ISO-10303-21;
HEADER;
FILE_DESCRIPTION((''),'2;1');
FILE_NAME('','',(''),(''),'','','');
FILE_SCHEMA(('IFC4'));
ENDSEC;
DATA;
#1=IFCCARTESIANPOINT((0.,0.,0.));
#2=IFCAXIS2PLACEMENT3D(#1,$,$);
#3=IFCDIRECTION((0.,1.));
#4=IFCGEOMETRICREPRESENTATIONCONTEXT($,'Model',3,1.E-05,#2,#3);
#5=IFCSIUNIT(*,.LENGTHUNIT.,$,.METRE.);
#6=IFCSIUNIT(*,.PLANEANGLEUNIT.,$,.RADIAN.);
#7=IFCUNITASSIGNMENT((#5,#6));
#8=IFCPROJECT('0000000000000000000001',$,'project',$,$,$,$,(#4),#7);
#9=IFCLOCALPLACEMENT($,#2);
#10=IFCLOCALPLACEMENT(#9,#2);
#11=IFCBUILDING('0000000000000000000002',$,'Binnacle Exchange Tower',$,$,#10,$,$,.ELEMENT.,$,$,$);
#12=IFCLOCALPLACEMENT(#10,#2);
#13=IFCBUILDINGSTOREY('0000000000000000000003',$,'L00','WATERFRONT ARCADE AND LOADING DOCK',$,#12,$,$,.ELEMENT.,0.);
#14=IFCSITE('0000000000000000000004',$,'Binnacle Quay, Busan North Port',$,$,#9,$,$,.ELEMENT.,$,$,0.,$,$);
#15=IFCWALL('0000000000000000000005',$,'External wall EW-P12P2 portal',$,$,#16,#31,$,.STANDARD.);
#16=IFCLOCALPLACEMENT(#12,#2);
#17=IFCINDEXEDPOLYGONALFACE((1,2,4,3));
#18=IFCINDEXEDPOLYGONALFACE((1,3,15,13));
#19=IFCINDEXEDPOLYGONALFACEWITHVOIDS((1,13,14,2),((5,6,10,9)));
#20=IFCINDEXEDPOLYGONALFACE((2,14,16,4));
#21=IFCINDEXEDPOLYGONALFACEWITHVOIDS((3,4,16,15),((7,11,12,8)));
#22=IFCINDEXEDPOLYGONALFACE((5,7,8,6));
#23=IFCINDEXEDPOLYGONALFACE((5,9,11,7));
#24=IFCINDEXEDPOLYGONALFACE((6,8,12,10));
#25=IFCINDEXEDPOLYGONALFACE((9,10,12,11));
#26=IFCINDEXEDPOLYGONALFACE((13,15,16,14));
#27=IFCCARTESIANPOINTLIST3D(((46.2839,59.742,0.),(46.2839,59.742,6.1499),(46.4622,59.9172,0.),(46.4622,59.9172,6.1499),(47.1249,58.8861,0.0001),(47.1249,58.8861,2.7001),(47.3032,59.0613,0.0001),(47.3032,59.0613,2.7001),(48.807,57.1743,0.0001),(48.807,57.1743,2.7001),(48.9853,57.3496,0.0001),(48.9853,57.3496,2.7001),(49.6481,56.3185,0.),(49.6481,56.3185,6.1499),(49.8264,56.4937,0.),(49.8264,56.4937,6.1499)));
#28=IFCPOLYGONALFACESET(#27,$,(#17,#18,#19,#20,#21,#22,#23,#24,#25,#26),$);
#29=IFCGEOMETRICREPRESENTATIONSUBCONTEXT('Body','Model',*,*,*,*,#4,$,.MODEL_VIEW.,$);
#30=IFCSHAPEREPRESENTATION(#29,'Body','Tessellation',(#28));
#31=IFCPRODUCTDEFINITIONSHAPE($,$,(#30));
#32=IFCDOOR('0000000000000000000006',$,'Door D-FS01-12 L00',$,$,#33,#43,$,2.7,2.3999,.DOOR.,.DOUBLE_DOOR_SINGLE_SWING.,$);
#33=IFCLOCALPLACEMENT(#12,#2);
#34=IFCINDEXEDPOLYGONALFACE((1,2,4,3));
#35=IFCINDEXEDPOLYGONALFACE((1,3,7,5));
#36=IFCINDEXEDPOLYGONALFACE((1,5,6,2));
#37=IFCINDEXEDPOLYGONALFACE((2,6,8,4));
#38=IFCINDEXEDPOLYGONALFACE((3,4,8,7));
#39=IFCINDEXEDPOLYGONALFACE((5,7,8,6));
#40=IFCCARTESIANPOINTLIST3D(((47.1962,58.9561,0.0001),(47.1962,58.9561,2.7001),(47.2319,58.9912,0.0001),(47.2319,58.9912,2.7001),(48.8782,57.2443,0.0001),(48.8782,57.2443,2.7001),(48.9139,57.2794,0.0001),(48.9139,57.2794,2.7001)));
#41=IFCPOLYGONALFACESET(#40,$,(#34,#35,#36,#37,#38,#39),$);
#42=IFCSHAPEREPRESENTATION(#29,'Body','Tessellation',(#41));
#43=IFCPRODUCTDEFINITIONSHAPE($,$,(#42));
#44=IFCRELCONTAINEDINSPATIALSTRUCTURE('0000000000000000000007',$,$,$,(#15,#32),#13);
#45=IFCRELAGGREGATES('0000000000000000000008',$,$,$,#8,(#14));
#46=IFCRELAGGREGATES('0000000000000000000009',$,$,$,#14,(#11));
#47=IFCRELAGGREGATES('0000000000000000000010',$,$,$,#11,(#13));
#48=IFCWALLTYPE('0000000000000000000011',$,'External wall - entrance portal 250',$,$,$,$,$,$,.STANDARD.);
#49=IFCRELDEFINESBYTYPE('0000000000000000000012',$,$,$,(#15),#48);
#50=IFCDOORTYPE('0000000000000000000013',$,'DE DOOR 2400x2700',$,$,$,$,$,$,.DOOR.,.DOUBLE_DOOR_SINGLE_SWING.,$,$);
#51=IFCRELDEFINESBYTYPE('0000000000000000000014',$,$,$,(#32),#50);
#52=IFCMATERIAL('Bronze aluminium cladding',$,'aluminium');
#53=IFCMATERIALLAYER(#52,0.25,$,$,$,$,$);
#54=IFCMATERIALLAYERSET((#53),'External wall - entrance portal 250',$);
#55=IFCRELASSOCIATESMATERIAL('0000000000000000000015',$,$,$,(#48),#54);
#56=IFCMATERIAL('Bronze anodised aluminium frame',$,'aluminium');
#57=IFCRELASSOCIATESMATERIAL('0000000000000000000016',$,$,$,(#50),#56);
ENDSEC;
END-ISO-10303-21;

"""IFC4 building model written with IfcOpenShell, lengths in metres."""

from ifc_helpers import new_model, si_unit, direction, frame, frame_2d, origin, place, context, subcontext, project, spatial, rectangle, extrude, material, layer, layer_set, type_object, element, fill, save


model = new_model("IFC4")

# Units and contexts
model_context = context("Model", 3, precision=1e-05, world=origin(), true_north=direction((0.0, 1.0)))
body_context = subcontext(model_context, "Body", "Model", "MODEL_VIEW")
ifc_project = project(units=[si_unit("LENGTHUNIT", "METRE"), si_unit("PLANEANGLEUNIT", "RADIAN")], contexts=[model_context])

# Site, building, storey
site_placement = place(None, origin())
site = spatial("IfcSite", under=ifc_project, at=site_placement, Name="Binnacle Quay, Busan North Port", CompositionType="ELEMENT", RefElevation=0.0)
building_placement = place(site_placement, origin())
building = spatial("IfcBuilding", under=site, at=building_placement, Name="Binnacle Exchange Tower", CompositionType="ELEMENT")
storey_placement = place(building_placement, origin())
storey = spatial("IfcBuildingStorey", under=building, at=storey_placement, Name="L00", Description="WATERFRONT ARCADE AND LOADING DOCK", CompositionType="ELEMENT", Elevation=0.0)

# Shared definitions
ifc_material_1 = material(Name="Bronze anodised aluminium frame", Category="aluminium")

# Wall, opening, door
ifc_material_2 = material(Name="Bronze aluminium cladding", Category="aluminium")
ifc_layer_1 = layer(ifc_material_2, 0.25)
ifc_layer_set_1 = layer_set([ifc_layer_1], Name="External wall - entrance portal 250")
wall_type = type_object("IfcWallType", Name="External wall - entrance portal 250", PredefinedType="STANDARD", material=ifc_layer_set_1)
wall_placement = place(storey_placement, frame((46.373, 59.8296, 0.0), z_axis=(0.0, 0.0, 1.0), x_axis=(0.7009, -0.71326, 0.0)))
wall = element("IfcWall", 1, at=wall_placement, inside=storey, type_object=wall_type, Name="External wall EW-P12P2 portal", PredefinedType="STANDARD", context=body_context, shape_type="SweptSolid", body=[
    extrude(rectangle(XDim=4.7998, YDim=0.25, at=frame_2d((2.3999, 0.0))), origin(), (0.0, 0.0, 1.0), 6.1499),
])
opening_placement = place(wall_placement, frame((1.2, 0.0, 0.0)))
opening = element("IfcOpeningElement", 2, at=opening_placement, cuts=wall, PredefinedType="OPENING", context=body_context, shape_type="SweptSolid", body=[
    extrude(rectangle(XDim=2.3999, YDim=2.7, at=frame_2d((1.2, 1.3501))), frame((0.0, 0.135, 0.0), z_axis=(0.0, -1.0, 0.0), x_axis=(1.0, 0.0, 0.0)), (0.0, 0.0, 1.0), 0.27),
])
door_type = type_object("IfcDoorType", Name="DE DOOR 2400x2700", OperationType="DOUBLE_DOOR_SINGLE_SWING", PredefinedType="DOOR", material=ifc_material_1)
door_placement = place(opening_placement, origin())
door = element("IfcDoor", 3, at=door_placement, inside=storey, type_object=door_type, Name="Door D-FS01-12 L00", OperationType="DOUBLE_DOOR_SINGLE_SWING", OverallHeight=2.7, OverallWidth=2.3999, PredefinedType="DOOR", context=body_context, shape_type="SweptSolid", body=[
    extrude(rectangle(XDim=2.3999, YDim=2.7, at=frame_2d((1.2, 1.3501))), frame((0.0, 0.0249, 0.0), z_axis=(0.0, -1.0, 0.0), x_axis=(1.0, 0.0, 0.0)), (0.0, 0.0, 1.0), 0.05),
])
fill(opening, door)

save(model, "model.ifc")
